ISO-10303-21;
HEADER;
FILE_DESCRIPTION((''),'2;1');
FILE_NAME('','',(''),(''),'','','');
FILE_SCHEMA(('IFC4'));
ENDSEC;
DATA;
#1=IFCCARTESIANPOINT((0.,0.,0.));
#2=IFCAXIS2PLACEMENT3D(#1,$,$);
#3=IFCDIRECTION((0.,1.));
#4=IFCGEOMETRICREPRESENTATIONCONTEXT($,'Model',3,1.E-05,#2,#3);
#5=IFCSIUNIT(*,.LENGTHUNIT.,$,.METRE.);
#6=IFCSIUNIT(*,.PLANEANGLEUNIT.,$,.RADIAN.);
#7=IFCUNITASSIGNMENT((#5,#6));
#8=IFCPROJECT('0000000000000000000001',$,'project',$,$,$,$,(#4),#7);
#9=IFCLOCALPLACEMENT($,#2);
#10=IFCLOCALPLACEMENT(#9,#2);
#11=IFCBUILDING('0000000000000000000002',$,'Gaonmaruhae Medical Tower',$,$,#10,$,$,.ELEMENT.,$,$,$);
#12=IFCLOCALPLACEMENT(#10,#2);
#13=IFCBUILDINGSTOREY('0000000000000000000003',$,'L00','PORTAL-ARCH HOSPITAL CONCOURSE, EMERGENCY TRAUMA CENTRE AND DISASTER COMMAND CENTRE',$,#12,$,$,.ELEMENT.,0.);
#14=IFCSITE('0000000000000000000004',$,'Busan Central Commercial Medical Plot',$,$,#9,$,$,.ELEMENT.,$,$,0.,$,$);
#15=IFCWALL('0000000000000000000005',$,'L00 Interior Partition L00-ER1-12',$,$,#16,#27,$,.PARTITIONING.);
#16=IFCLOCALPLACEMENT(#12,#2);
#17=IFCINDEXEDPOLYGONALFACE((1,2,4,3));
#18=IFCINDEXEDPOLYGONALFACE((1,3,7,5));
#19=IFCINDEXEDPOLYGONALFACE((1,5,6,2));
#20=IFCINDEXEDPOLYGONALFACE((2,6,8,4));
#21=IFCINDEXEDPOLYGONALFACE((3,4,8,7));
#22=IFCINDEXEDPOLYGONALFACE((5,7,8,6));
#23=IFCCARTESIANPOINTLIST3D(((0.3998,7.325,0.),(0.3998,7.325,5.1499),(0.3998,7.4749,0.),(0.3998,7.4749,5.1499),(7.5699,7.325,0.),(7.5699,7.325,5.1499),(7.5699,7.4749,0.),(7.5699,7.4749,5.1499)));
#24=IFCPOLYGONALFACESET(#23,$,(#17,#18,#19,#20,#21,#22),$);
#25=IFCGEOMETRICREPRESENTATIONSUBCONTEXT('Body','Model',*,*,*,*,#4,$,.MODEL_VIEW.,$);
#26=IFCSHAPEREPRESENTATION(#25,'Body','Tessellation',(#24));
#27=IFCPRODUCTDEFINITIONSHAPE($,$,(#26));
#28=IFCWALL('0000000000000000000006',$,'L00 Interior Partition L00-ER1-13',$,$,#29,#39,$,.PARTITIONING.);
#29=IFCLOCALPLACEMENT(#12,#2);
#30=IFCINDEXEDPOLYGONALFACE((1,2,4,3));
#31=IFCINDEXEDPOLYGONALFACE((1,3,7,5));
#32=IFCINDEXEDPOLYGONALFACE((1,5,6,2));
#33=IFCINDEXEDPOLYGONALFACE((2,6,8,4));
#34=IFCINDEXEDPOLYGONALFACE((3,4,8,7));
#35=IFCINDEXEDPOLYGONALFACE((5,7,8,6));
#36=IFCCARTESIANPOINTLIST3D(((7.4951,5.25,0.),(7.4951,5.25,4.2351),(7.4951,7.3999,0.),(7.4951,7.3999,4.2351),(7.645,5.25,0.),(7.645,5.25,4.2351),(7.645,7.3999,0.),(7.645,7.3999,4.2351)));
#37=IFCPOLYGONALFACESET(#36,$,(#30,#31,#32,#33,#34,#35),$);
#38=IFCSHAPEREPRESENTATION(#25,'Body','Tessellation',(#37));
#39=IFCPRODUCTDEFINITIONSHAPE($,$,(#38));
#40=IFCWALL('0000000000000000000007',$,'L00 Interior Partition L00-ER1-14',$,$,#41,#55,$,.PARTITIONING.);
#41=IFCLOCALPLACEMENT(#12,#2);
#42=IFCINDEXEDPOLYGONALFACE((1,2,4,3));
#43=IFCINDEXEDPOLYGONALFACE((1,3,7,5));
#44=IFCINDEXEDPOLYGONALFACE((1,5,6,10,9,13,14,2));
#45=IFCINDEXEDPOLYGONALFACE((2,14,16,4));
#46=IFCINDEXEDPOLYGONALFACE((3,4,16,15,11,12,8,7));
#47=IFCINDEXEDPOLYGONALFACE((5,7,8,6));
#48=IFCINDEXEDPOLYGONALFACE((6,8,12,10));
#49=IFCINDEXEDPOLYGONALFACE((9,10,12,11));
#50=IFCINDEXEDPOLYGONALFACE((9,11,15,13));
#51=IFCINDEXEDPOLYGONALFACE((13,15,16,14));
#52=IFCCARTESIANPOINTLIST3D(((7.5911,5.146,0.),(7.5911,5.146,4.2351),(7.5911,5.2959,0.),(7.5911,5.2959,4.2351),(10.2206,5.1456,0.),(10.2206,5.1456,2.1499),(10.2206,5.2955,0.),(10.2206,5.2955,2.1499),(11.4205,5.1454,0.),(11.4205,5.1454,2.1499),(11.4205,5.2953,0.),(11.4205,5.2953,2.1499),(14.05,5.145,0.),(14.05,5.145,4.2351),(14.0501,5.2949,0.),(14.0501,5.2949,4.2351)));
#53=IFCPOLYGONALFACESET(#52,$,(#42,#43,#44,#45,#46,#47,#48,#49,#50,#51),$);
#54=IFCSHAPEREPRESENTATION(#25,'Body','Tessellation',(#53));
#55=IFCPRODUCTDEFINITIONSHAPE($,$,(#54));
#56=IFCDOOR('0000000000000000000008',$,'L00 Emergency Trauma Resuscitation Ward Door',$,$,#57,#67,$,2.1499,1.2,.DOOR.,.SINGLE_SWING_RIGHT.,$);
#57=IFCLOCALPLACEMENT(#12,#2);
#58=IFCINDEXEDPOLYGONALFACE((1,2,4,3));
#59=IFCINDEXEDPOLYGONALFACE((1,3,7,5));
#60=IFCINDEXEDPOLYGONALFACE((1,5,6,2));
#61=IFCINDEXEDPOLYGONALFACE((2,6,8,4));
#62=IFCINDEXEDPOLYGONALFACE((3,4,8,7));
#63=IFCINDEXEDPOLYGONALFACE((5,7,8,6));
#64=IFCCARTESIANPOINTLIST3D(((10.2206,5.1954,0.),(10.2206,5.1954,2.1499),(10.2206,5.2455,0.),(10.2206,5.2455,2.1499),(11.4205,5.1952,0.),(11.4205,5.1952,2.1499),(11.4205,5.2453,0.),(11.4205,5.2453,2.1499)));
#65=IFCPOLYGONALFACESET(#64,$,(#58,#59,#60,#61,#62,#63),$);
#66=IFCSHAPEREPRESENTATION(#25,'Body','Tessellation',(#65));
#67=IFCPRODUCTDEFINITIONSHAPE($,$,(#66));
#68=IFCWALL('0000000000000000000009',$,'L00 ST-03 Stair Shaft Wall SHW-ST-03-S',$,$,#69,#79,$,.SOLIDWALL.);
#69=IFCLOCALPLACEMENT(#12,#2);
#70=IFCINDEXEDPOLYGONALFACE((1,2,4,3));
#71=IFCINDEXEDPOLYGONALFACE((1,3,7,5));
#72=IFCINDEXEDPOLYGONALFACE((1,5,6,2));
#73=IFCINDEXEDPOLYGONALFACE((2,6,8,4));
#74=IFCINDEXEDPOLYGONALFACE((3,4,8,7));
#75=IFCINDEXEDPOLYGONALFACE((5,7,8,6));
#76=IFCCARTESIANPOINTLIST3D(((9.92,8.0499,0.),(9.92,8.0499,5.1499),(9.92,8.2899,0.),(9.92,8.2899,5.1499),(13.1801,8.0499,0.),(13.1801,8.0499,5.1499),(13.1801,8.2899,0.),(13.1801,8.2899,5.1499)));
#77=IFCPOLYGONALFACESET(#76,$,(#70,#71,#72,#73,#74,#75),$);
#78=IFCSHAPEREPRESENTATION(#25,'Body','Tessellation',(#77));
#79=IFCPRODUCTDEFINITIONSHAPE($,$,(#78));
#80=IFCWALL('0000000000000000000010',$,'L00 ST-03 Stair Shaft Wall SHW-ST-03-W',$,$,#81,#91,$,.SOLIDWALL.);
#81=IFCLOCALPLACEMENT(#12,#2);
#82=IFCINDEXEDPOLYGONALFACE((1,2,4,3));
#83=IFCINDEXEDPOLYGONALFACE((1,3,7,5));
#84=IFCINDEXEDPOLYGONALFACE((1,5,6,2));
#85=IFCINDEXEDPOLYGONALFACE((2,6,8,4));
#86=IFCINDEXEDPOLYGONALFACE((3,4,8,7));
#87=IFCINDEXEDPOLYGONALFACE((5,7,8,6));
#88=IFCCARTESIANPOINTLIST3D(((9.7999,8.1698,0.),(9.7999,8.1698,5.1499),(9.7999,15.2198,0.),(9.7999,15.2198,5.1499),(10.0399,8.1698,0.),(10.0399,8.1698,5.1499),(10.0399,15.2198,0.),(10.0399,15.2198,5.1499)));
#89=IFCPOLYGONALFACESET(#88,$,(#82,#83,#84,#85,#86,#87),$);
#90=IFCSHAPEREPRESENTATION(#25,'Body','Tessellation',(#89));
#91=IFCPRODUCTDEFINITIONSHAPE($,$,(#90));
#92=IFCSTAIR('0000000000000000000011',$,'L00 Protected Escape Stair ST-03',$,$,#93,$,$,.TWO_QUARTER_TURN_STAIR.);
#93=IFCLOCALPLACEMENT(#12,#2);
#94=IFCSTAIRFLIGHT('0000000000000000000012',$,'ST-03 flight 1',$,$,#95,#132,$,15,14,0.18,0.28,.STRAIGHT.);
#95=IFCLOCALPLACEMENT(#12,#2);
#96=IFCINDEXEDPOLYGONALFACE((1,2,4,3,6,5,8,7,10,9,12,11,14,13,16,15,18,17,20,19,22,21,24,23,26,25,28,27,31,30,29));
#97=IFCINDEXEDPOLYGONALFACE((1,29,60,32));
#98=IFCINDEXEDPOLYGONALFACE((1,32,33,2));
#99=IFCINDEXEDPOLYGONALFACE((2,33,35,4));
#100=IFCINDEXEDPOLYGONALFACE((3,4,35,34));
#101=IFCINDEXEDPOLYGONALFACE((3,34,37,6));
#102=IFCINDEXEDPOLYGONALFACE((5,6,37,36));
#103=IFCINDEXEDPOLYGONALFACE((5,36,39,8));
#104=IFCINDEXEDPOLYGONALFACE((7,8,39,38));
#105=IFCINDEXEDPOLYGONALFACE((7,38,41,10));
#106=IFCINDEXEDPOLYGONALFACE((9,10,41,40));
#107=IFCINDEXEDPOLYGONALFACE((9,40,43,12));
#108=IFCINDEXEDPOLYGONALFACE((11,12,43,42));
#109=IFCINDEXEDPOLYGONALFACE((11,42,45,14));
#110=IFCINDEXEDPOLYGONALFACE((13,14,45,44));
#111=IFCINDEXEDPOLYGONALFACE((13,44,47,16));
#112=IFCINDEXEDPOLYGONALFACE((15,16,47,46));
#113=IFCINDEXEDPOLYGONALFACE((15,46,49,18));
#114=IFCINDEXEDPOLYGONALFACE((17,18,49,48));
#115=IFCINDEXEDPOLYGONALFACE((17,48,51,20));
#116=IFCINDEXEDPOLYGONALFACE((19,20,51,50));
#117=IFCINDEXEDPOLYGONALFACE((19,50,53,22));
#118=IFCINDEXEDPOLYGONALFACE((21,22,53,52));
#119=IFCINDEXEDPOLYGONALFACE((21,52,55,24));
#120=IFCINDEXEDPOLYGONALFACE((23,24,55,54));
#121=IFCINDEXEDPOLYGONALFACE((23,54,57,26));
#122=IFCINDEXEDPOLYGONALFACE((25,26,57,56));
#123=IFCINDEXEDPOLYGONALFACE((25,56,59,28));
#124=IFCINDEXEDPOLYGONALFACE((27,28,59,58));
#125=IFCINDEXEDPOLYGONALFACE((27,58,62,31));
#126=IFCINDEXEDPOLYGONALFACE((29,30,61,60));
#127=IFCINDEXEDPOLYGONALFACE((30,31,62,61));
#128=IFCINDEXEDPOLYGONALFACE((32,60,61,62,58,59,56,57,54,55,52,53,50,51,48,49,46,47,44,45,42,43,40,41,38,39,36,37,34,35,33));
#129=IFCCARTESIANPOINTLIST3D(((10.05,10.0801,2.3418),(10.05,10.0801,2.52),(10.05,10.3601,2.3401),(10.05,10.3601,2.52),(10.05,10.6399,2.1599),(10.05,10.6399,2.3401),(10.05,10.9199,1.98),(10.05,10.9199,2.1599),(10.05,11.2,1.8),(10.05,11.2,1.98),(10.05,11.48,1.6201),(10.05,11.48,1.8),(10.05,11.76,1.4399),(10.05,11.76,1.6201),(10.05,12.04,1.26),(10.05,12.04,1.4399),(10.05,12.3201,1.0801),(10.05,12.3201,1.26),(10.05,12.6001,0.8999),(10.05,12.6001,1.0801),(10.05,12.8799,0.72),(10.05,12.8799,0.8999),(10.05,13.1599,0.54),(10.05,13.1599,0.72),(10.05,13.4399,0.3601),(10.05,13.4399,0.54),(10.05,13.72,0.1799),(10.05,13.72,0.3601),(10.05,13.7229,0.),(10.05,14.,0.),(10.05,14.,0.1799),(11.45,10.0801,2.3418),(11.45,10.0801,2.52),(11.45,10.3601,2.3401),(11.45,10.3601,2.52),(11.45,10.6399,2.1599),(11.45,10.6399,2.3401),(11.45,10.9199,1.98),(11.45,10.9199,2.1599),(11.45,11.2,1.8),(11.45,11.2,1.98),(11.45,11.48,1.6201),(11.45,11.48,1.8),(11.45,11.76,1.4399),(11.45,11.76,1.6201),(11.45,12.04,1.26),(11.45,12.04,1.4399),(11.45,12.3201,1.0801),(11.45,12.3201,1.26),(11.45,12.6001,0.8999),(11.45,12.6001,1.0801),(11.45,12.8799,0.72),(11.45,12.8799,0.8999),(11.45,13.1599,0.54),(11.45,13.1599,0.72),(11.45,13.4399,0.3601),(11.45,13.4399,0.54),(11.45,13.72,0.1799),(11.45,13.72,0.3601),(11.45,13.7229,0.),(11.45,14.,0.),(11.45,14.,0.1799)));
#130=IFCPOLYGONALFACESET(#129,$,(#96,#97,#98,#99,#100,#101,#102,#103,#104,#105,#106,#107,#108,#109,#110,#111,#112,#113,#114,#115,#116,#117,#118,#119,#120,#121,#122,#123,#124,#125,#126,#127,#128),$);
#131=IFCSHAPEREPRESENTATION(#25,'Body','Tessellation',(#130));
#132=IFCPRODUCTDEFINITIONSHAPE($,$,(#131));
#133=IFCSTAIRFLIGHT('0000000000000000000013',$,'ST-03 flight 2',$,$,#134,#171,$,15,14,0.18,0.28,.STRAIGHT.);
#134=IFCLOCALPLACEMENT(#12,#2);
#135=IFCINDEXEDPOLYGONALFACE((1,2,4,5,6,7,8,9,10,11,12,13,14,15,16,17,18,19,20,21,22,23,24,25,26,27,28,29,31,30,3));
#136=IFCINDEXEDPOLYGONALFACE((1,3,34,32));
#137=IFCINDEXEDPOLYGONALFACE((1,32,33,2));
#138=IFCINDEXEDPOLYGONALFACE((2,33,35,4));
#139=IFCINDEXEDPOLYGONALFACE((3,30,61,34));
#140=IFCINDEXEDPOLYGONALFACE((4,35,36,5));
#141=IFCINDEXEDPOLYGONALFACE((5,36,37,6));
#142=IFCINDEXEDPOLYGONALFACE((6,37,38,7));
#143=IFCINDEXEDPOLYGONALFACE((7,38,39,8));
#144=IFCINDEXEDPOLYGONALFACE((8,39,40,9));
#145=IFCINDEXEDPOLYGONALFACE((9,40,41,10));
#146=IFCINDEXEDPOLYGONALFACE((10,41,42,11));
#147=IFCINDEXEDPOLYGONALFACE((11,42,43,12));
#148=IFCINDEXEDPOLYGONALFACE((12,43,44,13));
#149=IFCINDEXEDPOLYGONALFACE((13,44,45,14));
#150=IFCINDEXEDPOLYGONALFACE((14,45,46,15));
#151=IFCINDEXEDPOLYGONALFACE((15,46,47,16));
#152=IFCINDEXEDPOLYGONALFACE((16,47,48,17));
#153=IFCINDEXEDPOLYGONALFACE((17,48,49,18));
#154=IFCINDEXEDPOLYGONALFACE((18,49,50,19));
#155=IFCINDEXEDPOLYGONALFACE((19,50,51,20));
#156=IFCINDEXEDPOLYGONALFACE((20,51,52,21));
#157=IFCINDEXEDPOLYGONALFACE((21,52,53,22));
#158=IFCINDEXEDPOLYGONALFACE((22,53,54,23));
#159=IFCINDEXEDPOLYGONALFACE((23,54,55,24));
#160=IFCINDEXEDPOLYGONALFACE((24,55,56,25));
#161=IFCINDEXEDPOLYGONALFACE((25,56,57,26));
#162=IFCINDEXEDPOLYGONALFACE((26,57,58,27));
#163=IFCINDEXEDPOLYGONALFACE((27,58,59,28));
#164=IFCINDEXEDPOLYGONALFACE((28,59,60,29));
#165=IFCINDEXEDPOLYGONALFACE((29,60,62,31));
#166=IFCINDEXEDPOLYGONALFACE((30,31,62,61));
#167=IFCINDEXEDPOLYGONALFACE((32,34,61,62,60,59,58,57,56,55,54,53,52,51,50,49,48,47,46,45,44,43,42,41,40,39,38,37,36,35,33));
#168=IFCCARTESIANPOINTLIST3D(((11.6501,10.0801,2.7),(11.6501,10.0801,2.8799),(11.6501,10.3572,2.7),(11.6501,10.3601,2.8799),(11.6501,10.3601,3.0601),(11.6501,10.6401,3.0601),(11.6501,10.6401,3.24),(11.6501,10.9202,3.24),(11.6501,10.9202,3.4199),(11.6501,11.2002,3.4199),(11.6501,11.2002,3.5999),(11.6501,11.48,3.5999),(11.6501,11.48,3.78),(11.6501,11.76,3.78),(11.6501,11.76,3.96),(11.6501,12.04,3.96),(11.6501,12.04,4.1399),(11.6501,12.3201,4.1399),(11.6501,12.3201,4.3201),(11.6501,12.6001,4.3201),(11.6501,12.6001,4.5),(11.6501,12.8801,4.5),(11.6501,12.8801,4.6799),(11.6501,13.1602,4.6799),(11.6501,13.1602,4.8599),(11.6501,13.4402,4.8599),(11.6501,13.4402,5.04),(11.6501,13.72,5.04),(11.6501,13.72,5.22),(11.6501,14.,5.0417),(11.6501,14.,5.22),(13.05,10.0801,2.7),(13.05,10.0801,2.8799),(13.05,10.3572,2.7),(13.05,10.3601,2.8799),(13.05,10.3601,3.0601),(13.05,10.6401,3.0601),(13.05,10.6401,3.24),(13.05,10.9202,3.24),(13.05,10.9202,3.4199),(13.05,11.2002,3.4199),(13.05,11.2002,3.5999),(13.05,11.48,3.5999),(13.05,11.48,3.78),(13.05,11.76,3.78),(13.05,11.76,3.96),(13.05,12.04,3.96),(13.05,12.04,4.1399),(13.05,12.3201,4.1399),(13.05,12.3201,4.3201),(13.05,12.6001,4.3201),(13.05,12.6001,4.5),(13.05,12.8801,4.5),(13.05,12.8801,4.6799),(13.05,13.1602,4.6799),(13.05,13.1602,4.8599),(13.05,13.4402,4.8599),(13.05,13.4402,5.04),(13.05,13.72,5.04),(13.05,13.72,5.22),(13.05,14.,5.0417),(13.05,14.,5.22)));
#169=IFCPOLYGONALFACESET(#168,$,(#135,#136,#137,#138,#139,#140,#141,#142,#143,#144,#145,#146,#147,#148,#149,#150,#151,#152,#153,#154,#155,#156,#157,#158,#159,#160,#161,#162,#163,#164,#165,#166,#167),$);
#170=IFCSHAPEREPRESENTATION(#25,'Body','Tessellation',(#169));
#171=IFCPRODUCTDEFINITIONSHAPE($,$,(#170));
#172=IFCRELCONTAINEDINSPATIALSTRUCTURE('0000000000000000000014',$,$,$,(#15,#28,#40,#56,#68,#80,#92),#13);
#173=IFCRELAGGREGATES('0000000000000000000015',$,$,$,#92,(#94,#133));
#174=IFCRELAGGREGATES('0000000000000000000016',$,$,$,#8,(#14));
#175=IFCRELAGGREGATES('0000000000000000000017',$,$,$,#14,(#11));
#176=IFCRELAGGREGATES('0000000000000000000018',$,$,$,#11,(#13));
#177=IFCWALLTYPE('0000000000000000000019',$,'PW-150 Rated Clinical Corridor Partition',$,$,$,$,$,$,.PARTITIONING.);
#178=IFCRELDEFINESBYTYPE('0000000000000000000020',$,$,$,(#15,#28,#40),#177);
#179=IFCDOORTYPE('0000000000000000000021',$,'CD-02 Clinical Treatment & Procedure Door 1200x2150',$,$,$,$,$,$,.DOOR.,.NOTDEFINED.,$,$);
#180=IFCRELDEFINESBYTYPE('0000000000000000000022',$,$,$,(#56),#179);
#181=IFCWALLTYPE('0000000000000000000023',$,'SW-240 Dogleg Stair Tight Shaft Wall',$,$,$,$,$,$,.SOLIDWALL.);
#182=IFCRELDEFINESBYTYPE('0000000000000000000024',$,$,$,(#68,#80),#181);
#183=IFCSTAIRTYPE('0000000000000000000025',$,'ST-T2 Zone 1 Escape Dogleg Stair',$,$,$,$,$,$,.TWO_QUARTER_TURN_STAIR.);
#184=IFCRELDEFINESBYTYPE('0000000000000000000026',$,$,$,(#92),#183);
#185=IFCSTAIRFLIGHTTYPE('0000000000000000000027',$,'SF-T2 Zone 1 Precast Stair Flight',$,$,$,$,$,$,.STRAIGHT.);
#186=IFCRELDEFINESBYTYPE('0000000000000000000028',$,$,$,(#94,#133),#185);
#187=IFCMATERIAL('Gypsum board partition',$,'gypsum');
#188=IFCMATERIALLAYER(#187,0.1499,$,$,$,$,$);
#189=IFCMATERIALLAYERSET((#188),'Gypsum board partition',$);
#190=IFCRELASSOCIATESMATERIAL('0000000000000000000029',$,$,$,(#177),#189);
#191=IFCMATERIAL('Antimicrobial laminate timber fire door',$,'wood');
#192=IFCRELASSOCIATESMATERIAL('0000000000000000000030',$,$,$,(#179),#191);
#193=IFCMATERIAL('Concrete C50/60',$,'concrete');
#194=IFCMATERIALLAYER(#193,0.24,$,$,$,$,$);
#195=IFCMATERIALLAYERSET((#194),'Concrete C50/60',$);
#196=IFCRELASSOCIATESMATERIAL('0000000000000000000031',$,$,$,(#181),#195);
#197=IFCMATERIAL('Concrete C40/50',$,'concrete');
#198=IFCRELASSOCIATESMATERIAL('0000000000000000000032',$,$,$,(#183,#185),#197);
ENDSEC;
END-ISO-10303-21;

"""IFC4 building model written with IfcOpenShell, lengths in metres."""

from ifc_helpers import new_model, si_unit, direction, frame, frame_2d, origin, place, context, subcontext, project, spatial, polyline, rectangle, outline, extrude, material, layer, layer_set, type_object, element, fill, aggregate, save


model = new_model("IFC4")

# Units and contexts
model_context = context("Model", 3, precision=1e-05, world=origin(), true_north=direction((0.0, 1.0)))
body_context = subcontext(model_context, "Body", "Model", "MODEL_VIEW")
ifc_project = project(units=[si_unit("LENGTHUNIT", "METRE"), si_unit("PLANEANGLEUNIT", "RADIAN")], contexts=[model_context])

# Site, building, storey
site_placement = place(None, origin())
site = spatial("IfcSite", under=ifc_project, at=site_placement, Name="Busan Central Commercial Medical Plot", CompositionType="ELEMENT", RefElevation=0.0)
building_placement = place(site_placement, origin())
building = spatial("IfcBuilding", under=site, at=building_placement, Name="Gaonmaruhae Medical Tower", CompositionType="ELEMENT")
storey_placement = place(building_placement, origin())
storey = spatial("IfcBuildingStorey", under=building, at=storey_placement, Name="L00", Description="PORTAL-ARCH HOSPITAL CONCOURSE, EMERGENCY TRAUMA CENTRE AND DISASTER COMMAND CENTRE", CompositionType="ELEMENT", Elevation=0.0)

# Shared definitions
ifc_material_1 = material(Name="Concrete C40/50", Category="concrete")

# Shared definitions
ifc_material_2 = material(Name="Concrete C50/60", Category="concrete")

# Walls
ifc_material_3 = material(Name="Gypsum board partition", Category="gypsum")
ifc_layer_1 = layer(ifc_material_3, 0.1499)
ifc_layer_set_1 = layer_set([ifc_layer_1], Name="Gypsum board partition")
wall_type_1 = type_object("IfcWallType", Name="PW-150 Rated Clinical Corridor Partition", PredefinedType="PARTITIONING", material=ifc_layer_set_1)
wall_1_placement = place(storey_placement, frame((0.3999, 7.3999, 0.0), z_axis=(0.0, 0.0, 1.0), x_axis=(1.0, 0.0, 0.0)))
element("IfcWall", 1, at=wall_1_placement, inside=storey, type_object=wall_type_1, Name="L00 Interior Partition L00-ER1-12", PredefinedType="PARTITIONING", context=body_context, shape_type="SweptSolid", body=[
    extrude(rectangle(XDim=7.1702, YDim=0.1499, at=frame_2d((3.585, 0.0))), origin(), (0.0, 0.0, 1.0), 5.1499),
])
wall_2_placement = place(storey_placement, frame((7.5701, 7.3999, 0.0), z_axis=(0.0, 0.0, 1.0), x_axis=(0.0, -1.0, 0.0)))
element("IfcWall", 2, at=wall_2_placement, inside=storey, type_object=wall_type_1, Name="L00 Interior Partition L00-ER1-13", PredefinedType="PARTITIONING", context=body_context, shape_type="SweptSolid", body=[
    extrude(rectangle(XDim=2.1499, YDim=0.1499, at=frame_2d((1.075, 0.0))), origin(), (0.0, 0.0, 1.0), 4.2351),
])

# Wall, opening, door
wall_3_placement = place(storey_placement, frame((7.5911, 5.2209, 0.0), z_axis=(0.0, 0.0, 1.0), x_axis=(1.0, -0.000151, 0.0)))
wall_3 = element("IfcWall", 3, at=wall_3_placement, inside=storey, type_object=wall_type_1, Name="L00 Interior Partition L00-ER1-14", PredefinedType="PARTITIONING", context=body_context, shape_type="SweptSolid", body=[
    extrude(rectangle(XDim=6.459, YDim=0.1499, at=frame_2d((3.2295, 0.0))), origin(), (0.0, 0.0, 1.0), 4.2351),
])
opening_1_placement = place(wall_3_placement, frame((2.6294, 0.0, 0.0)))
opening_1 = element("IfcOpeningElement", 4, at=opening_1_placement, cuts=wall_3, PredefinedType="OPENING", context=body_context, shape_type="SweptSolid", body=[
    extrude(rectangle(XDim=1.2, YDim=2.1499, at=frame_2d((0.6001, 1.075))), frame((0.0, 0.085, 0.0), z_axis=(0.0, -1.0, 0.0), x_axis=(1.0, 0.0, 0.0)), (0.0, 0.0, 1.0), 0.1699),
])
ifc_material_4 = material(Name="Antimicrobial laminate timber fire door", Category="wood")
door_type_1 = type_object("IfcDoorType", Name="CD-02 Clinical Treatment & Procedure Door 1200x2150", OperationType="NOTDEFINED", PredefinedType="DOOR", material=ifc_material_4)
door_1_placement = place(opening_1_placement, origin())
door_1 = element("IfcDoor", 5, at=door_1_placement, inside=storey, type_object=door_type_1, Name="L00 Emergency Trauma Resuscitation Ward Door", OperationType="SINGLE_SWING_RIGHT", OverallHeight=2.1499, OverallWidth=1.2, PredefinedType="DOOR", context=body_context, shape_type="SweptSolid", body=[
    extrude(rectangle(XDim=1.2, YDim=2.1499, at=frame_2d((0.6001, 1.075))), frame((0.0, 0.0249, 0.0), z_axis=(0.0, -1.0, 0.0), x_axis=(1.0, 0.0, 0.0)), (0.0, 0.0, 1.0), 0.05),
])
fill(opening_1, door_1)

# Walls
ifc_layer_2 = layer(ifc_material_2, 0.24)
ifc_layer_set_2 = layer_set([ifc_layer_2], Name="Concrete C50/60")
wall_type_2 = type_object("IfcWallType", Name="SW-240 Dogleg Stair Tight Shaft Wall", PredefinedType="SOLIDWALL", material=ifc_layer_set_2)
wall_4_placement = place(storey_placement, frame((13.1799, 8.1699, 0.0), z_axis=(0.0, 0.0, 1.0), x_axis=(-1.0, 0.0, 0.0)))
element("IfcWall", 6, at=wall_4_placement, inside=storey, type_object=wall_type_2, Name="L00 ST-03 Stair Shaft Wall SHW-ST-03-S", PredefinedType="SOLIDWALL", context=body_context, shape_type="SweptSolid", body=[
    extrude(rectangle(XDim=3.26, YDim=0.24, at=frame_2d((1.6299, 0.0))), origin(), (0.0, 0.0, 1.0), 5.1499),
])
wall_5_placement = place(storey_placement, frame((9.9199, 8.1699, 0.0), z_axis=(0.0, 0.0, 1.0), x_axis=(0.0, 1.0, 0.0)))
element("IfcWall", 7, at=wall_5_placement, inside=storey, type_object=wall_type_2, Name="L00 ST-03 Stair Shaft Wall SHW-ST-03-W", PredefinedType="SOLIDWALL", context=body_context, shape_type="SweptSolid", body=[
    extrude(rectangle(XDim=7.05, YDim=0.24, at=frame_2d((3.5249, 0.0))), origin(), (0.0, 0.0, 1.0), 5.1499),
])

# Stair, stair flights
stair_type = type_object("IfcStairType", Name="ST-T2 Zone 1 Escape Dogleg Stair", PredefinedType="TWO_QUARTER_TURN_STAIR", material=ifc_material_1)
stair_placement = place(storey_placement, origin())
stair = element("IfcStair", 8, at=stair_placement, inside=storey, type_object=stair_type, Name="L00 Protected Escape Stair ST-03", PredefinedType="TWO_QUARTER_TURN_STAIR")
stair_flight_type = type_object("IfcStairFlightType", Name="SF-T2 Zone 1 Precast Stair Flight", PredefinedType="STRAIGHT", material=ifc_material_1)
stair_flight_1_placement = place(storey_placement, frame((10.75, 14.0, 0.0), z_axis=(0.0, 0.0, 1.0), x_axis=(0.0, -1.0, 0.0)))
stair_flight_1 = element("IfcStairFlight", 9, at=stair_flight_1_placement, type_object=stair_flight_type, Name="ST-03 flight 1", NumberOfRisers=15, NumberOfTreads=14, PredefinedType="STRAIGHT", RiserHeight=0.18, TreadLength=0.28, context=body_context, shape_type="SweptSolid", body=[
    extrude(outline(polyline([(0.0, 0.0), (0.0, 0.1799), (0.28, 0.1799), (0.28, 0.3601), (0.5601, 0.3601), (0.5601, 0.54), (0.8401, 0.54), (0.8401, 0.72), (1.1201, 0.72), (1.1201, 0.8999), (1.3999, 0.8999), (1.3999, 1.0801), (1.6799, 1.0801), (1.6799, 1.26), (1.96, 1.26), (1.96, 1.4399), (2.24, 1.4399), (2.24, 1.6201), (2.52, 1.6201), (2.52, 1.8), (2.8, 1.8), (2.8, 1.98), (3.0801, 1.98), (3.0801, 2.1599), (3.3601, 2.1599), (3.3601, 2.3401), (3.6399, 2.3401), (3.6399, 2.52), (3.9199, 2.52), (3.9199, 2.7), (3.9199, 2.3418), (0.2771, 0.0), (0.0, 0.0)])), frame((0.0, 0.7, 0.0), z_axis=(0.0, -1.0, 0.0), x_axis=(1.0, 0.0, 0.0)), (0.0, 0.0, 1.0), 1.3999),
])
stair_flight_2_placement = place(storey_placement, frame((12.3501, 10.0801, 2.7), z_axis=(0.0, 0.0, 1.0), x_axis=(0.0, 1.0, 0.0)))
stair_flight_2 = element("IfcStairFlight", 10, at=stair_flight_2_placement, type_object=stair_flight_type, Name="ST-03 flight 2", NumberOfRisers=15, NumberOfTreads=14, PredefinedType="STRAIGHT", RiserHeight=0.18, TreadLength=0.28, context=body_context, shape_type="SweptSolid", body=[
    extrude(outline(polyline([(0.0, 0.0), (0.0, 0.1799), (0.28, 0.1799), (0.28, 0.3601), (0.5601, 0.3601), (0.5601, 0.54), (0.8401, 0.54), (0.8401, 0.72), (1.1201, 0.72), (1.1201, 0.8999), (1.3999, 0.8999), (1.3999, 1.0801), (1.6799, 1.0801), (1.6799, 1.26), (1.96, 1.26), (1.96, 1.4399), (2.24, 1.4399), (2.24, 1.6201), (2.52, 1.6201), (2.52, 1.8), (2.8, 1.8), (2.8, 1.98), (3.0801, 1.98), (3.0801, 2.1599), (3.3601, 2.1599), (3.3601, 2.3401), (3.6399, 2.3401), (3.6399, 2.52), (3.9199, 2.52), (3.9199, 2.7), (3.9199, 2.3418), (0.2771, 0.0), (0.0, 0.0)])), frame((0.0, 0.7, 0.0), z_axis=(0.0, -1.0, 0.0), x_axis=(1.0, 0.0, 0.0)), (0.0, 0.0, 1.0), 1.3999),
])
aggregate(stair, [stair_flight_1, stair_flight_2])

save(model, "model.ifc")
